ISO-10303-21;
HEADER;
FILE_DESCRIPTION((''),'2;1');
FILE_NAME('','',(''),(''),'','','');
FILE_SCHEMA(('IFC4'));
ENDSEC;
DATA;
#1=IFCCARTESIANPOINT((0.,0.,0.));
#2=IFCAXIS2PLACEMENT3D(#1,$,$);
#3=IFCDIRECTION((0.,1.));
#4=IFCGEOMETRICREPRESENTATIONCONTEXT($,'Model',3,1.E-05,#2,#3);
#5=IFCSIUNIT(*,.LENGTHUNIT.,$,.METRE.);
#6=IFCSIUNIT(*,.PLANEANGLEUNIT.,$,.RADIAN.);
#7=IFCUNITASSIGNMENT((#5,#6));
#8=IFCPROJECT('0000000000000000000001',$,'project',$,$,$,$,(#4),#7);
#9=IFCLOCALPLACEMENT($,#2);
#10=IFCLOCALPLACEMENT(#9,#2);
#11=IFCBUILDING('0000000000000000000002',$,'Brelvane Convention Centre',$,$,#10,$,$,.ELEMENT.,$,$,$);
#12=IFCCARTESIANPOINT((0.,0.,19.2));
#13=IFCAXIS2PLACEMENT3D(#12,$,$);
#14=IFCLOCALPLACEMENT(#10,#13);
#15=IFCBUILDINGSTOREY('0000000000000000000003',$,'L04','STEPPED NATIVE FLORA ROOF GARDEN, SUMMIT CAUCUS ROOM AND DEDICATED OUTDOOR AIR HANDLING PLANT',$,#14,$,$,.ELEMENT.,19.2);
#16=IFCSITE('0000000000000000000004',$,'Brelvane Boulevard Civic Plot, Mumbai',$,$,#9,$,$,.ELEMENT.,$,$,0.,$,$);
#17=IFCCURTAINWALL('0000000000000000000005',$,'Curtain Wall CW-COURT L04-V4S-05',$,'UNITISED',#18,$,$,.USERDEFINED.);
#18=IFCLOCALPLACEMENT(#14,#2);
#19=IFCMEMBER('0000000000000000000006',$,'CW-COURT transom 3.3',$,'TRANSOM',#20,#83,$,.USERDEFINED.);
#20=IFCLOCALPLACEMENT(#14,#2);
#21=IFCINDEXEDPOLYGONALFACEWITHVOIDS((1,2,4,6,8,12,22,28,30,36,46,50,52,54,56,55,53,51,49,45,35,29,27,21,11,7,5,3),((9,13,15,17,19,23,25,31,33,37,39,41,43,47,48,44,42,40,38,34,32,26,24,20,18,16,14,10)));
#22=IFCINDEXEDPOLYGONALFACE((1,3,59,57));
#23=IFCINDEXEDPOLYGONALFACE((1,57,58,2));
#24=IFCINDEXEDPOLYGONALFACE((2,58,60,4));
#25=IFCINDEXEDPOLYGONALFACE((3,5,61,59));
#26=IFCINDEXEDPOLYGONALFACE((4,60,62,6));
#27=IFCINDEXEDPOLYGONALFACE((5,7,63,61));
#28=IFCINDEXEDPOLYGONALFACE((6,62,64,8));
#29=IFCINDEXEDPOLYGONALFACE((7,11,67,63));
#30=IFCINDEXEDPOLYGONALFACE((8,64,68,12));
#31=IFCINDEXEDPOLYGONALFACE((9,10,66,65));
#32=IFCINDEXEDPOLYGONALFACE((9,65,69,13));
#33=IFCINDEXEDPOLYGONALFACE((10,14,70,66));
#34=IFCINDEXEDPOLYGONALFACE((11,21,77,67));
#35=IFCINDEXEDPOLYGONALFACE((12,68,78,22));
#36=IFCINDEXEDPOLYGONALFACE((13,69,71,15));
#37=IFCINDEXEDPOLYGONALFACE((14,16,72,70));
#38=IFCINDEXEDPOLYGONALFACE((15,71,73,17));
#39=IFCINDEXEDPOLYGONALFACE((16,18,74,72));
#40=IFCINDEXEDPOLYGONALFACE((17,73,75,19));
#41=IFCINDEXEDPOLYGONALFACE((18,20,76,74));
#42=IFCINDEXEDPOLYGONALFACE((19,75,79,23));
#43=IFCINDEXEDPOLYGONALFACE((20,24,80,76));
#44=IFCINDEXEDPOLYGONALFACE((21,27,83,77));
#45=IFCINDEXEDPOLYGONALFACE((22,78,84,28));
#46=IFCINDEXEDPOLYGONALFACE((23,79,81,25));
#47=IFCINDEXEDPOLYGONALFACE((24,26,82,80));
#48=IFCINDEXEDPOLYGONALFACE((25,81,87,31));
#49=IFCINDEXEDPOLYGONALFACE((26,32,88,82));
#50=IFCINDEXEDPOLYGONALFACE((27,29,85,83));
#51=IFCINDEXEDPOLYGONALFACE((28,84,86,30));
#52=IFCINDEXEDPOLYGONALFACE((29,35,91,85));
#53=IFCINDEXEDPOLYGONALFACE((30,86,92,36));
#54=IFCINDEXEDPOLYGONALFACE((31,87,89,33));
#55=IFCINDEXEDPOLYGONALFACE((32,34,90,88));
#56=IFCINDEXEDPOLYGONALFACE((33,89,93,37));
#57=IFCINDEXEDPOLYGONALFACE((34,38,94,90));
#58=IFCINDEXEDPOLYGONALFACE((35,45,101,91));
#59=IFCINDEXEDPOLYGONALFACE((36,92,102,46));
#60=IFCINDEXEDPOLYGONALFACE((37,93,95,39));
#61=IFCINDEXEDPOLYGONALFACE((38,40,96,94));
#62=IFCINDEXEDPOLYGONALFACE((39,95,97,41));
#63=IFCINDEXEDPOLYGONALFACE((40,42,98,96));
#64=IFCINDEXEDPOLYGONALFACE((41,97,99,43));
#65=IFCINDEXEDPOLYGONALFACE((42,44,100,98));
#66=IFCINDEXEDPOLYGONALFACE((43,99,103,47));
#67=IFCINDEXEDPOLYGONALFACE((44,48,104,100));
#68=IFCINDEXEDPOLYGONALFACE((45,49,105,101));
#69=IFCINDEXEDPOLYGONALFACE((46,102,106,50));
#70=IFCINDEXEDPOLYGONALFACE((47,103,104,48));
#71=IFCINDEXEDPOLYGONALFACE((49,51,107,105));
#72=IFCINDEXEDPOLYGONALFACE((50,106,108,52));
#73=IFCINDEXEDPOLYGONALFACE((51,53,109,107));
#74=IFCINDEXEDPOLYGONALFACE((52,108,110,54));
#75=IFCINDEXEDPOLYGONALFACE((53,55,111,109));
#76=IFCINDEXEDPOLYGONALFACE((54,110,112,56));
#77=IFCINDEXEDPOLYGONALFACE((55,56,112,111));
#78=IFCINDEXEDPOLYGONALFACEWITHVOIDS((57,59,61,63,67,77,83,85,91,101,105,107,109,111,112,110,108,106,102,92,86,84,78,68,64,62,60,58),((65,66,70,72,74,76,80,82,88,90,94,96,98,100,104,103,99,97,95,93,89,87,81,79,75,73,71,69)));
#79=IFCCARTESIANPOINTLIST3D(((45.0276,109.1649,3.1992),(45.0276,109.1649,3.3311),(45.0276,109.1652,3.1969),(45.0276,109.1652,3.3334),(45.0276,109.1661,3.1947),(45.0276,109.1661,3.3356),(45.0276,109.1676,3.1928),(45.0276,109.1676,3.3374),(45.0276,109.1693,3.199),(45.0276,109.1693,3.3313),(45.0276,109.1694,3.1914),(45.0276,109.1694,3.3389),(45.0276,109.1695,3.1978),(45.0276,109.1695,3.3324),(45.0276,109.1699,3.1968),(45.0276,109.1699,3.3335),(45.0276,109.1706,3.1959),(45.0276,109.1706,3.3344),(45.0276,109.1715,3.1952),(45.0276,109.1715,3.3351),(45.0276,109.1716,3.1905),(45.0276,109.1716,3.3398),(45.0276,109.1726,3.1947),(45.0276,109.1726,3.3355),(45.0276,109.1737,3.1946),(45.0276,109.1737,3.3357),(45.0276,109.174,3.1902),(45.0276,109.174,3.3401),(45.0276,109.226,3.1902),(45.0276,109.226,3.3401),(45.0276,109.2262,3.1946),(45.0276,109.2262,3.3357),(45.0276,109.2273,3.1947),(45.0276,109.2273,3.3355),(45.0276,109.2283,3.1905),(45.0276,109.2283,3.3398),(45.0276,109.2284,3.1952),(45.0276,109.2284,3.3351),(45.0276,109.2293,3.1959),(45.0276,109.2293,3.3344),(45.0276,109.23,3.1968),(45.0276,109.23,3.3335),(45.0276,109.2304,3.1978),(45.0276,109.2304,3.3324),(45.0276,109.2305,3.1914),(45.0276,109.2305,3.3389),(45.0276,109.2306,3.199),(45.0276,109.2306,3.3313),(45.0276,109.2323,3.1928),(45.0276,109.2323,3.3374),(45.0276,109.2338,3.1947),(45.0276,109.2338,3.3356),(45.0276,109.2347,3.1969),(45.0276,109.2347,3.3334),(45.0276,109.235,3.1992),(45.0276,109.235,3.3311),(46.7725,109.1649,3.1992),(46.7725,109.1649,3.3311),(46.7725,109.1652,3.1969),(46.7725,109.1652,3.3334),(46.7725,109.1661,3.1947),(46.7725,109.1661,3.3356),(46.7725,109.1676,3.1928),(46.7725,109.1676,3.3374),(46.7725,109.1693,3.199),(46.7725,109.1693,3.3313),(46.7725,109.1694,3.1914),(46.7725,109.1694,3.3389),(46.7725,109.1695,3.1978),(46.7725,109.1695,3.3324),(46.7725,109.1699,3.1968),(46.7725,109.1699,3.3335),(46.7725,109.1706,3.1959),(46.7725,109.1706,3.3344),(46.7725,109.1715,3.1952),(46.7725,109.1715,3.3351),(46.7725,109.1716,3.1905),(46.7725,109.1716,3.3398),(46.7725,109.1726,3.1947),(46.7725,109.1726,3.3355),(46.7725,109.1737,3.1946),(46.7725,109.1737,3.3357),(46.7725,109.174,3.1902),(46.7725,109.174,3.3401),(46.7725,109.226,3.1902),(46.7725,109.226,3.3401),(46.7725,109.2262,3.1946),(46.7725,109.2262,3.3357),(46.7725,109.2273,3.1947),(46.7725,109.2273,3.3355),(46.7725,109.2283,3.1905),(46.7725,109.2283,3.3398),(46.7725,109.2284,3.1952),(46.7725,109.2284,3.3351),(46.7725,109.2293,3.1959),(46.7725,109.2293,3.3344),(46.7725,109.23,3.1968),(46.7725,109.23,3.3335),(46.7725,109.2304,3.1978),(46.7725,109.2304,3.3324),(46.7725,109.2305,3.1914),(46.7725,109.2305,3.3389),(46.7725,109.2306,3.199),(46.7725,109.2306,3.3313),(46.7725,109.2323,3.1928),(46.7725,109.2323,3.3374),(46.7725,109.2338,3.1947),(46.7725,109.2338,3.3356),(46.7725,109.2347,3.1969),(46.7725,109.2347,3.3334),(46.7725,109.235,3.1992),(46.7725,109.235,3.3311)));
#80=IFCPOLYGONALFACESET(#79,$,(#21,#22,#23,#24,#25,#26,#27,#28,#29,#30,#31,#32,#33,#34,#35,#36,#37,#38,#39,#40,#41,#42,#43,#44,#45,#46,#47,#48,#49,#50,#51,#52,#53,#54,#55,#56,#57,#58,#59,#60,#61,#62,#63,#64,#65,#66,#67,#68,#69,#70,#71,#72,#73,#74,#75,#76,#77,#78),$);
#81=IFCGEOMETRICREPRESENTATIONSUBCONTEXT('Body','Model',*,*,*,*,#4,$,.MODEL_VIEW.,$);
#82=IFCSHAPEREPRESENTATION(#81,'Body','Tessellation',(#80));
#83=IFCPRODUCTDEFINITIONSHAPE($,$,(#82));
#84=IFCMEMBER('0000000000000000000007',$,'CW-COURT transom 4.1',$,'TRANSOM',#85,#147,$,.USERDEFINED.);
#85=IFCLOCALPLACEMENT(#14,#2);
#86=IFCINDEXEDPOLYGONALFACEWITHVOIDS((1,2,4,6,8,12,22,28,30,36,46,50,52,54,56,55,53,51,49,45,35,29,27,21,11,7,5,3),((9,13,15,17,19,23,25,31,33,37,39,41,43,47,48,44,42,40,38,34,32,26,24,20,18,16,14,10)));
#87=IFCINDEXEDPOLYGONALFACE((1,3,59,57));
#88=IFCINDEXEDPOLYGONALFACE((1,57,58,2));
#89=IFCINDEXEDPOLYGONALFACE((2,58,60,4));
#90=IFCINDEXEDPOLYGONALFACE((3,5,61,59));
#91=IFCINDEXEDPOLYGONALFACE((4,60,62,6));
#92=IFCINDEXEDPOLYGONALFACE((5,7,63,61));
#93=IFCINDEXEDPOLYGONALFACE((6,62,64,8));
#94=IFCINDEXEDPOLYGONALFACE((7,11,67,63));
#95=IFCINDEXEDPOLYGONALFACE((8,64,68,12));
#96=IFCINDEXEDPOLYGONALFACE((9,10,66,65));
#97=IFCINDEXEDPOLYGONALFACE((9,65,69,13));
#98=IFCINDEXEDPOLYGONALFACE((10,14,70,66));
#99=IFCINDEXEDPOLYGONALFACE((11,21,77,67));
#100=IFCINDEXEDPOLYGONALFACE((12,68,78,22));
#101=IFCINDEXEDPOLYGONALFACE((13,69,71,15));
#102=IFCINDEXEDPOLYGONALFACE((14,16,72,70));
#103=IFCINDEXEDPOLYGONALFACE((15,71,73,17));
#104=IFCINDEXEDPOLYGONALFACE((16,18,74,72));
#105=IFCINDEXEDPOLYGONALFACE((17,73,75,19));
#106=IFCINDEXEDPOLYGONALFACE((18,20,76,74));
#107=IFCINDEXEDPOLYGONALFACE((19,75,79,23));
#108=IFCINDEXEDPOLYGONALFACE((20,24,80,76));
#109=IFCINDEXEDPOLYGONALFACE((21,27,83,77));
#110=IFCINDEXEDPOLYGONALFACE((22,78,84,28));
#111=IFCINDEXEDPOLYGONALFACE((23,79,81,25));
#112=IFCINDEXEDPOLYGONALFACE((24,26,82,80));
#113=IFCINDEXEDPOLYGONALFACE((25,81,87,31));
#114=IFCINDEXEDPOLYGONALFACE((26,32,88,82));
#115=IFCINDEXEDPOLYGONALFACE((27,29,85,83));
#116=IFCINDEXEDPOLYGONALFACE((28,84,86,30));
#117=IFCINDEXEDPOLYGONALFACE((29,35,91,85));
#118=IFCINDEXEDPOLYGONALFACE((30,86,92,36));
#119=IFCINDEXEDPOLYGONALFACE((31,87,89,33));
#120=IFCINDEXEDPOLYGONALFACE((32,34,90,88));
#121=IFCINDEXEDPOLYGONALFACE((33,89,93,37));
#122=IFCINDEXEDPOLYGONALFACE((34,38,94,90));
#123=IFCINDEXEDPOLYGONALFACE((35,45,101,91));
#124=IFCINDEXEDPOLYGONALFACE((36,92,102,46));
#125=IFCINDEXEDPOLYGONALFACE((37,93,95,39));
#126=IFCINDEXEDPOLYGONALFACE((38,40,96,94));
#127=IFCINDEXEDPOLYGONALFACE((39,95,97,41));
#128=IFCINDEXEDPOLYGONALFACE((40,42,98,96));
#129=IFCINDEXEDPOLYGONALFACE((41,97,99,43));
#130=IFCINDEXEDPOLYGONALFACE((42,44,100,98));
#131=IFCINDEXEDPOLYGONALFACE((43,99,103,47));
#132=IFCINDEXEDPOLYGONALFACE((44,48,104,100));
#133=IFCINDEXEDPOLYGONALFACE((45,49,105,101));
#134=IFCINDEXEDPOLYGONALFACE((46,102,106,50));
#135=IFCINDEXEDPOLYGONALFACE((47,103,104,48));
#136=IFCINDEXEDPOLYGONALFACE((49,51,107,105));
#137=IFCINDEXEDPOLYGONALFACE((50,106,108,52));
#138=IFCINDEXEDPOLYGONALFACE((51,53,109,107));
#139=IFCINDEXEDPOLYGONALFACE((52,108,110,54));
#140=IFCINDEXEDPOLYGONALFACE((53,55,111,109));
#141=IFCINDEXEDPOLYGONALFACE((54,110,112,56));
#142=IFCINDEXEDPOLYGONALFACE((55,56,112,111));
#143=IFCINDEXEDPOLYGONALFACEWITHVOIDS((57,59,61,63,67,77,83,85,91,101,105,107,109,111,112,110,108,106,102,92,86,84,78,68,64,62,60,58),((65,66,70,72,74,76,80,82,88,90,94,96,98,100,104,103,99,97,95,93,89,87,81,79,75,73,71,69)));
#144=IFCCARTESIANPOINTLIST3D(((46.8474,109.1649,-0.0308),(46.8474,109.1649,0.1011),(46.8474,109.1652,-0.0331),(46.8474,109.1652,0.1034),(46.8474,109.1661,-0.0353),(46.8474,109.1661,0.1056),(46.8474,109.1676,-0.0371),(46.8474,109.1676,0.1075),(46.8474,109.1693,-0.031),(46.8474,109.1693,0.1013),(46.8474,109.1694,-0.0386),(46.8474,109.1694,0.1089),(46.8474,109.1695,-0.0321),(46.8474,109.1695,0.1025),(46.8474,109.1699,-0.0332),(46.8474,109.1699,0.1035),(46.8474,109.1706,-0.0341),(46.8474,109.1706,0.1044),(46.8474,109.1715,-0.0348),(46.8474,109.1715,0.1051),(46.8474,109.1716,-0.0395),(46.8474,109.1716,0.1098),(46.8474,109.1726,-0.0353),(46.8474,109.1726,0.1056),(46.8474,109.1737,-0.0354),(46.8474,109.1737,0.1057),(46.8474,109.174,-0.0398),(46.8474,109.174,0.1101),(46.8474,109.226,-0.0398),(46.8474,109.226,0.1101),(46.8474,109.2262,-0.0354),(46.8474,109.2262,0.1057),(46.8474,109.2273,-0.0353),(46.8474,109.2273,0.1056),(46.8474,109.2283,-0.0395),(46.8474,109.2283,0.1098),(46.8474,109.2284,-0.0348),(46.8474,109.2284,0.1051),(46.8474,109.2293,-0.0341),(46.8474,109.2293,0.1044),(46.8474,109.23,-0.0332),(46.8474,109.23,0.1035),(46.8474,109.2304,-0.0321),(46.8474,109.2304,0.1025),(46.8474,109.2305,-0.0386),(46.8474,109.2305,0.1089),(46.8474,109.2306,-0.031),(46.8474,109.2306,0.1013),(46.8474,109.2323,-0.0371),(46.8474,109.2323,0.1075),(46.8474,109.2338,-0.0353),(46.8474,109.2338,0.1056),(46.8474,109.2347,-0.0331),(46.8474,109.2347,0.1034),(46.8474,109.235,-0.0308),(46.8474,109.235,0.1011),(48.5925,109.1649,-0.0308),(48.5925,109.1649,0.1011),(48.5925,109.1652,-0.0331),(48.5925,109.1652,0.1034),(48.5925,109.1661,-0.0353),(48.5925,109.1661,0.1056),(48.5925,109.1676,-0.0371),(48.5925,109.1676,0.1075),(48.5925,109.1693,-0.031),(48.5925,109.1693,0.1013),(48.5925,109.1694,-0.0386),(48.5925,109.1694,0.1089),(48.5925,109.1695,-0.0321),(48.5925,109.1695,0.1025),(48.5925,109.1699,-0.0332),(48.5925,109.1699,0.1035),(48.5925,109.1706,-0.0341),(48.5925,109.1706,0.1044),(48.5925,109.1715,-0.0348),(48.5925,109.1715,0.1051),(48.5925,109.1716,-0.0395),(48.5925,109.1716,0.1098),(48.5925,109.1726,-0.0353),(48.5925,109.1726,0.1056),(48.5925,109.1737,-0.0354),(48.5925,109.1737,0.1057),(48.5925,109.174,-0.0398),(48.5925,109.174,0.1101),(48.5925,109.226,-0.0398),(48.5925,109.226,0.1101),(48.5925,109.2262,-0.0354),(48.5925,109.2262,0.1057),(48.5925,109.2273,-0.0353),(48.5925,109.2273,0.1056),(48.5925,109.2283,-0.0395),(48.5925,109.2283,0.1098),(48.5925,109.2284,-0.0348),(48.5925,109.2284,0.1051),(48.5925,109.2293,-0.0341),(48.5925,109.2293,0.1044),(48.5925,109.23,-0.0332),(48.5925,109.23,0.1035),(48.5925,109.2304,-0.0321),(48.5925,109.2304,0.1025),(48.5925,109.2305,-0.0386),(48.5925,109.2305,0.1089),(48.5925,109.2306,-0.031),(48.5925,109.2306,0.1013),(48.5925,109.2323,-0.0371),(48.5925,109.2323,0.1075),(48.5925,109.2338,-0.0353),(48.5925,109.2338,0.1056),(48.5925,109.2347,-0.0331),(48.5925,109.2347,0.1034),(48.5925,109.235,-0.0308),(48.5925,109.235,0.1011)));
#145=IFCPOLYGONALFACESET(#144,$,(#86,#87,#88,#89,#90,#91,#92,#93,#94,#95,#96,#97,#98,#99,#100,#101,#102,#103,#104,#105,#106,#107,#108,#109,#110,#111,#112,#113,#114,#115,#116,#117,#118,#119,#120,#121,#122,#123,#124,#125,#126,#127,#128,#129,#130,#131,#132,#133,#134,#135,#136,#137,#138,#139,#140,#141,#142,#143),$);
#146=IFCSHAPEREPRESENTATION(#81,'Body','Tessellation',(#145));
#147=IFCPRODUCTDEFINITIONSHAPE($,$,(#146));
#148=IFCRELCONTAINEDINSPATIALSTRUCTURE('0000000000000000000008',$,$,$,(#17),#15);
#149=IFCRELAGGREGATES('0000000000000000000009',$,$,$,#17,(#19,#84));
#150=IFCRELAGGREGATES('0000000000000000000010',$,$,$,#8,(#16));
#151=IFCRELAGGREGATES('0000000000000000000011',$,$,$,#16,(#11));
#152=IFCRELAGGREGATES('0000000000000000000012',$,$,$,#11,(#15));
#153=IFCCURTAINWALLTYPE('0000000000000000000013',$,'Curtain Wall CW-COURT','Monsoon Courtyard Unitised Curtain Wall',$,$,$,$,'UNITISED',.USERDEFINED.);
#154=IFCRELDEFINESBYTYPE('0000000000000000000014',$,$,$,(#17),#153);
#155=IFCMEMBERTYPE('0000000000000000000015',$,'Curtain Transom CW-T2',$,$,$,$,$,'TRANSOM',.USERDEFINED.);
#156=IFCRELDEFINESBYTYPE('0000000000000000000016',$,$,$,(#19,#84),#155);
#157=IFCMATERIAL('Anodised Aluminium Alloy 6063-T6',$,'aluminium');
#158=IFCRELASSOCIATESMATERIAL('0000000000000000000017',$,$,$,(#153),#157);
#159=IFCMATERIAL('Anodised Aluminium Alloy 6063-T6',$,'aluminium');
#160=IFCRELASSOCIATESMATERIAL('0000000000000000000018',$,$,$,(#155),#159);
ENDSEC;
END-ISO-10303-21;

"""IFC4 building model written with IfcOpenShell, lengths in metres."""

from ifc_helpers import new_model, si_unit, direction, frame, origin, origin_2d, place, context, subcontext, project, spatial, hollow_rectangle, extrude, material, material_profile, profile_set, type_object, element, aggregate, save


model = new_model("IFC4")

# Units and contexts
model_context = context("Model", 3, precision=1e-05, world=origin(), true_north=direction((0.0, 1.0)))
body_context = subcontext(model_context, "Body", "Model", "MODEL_VIEW")
ifc_project = project(units=[si_unit("LENGTHUNIT", "METRE"), si_unit("PLANEANGLEUNIT", "RADIAN")], contexts=[model_context])

# Site, building, storey
site_placement = place(None, origin())
site = spatial("IfcSite", under=ifc_project, at=site_placement, Name="Brelvane Boulevard Civic Plot, Mumbai", CompositionType="ELEMENT", RefElevation=0.0)
building_placement = place(site_placement, origin())
building = spatial("IfcBuilding", under=site, at=building_placement, Name="Brelvane Convention Centre", CompositionType="ELEMENT")
storey_placement = place(building_placement, frame((0.0, 0.0, 19.2)))
storey = spatial("IfcBuildingStorey", under=building, at=storey_placement, Name="L04", Description="STEPPED NATIVE FLORA ROOF GARDEN, SUMMIT CAUCUS ROOM AND DEDICATED OUTDOOR AIR HANDLING PLANT", CompositionType="ELEMENT", Elevation=19.2)

# Curtain wall, members
ifc_material_1 = material(Name="Anodised Aluminium Alloy 6063-T6", Category="aluminium")
curtain_wall_type = type_object("IfcCurtainWallType", Name="Curtain Wall CW-COURT", Description="Monsoon Courtyard Unitised Curtain Wall", ElementType="UNITISED", PredefinedType="USERDEFINED", material=ifc_material_1)
curtain_wall_placement = place(storey_placement, origin())
curtain_wall = element("IfcCurtainWall", 1, at=curtain_wall_placement, inside=storey, type_object=curtain_wall_type, Name="Curtain Wall CW-COURT L04-V4S-05", ObjectType="UNITISED", PredefinedType="USERDEFINED")
ifc_material_2 = material(Name="Anodised Aluminium Alloy 6063-T6", Category="aluminium")
ifc_material_profile_1 = material_profile(ifc_material_2, hollow_rectangle(XDim=0.0701, YDim=0.1499, WallThickness=0.0044, InnerFilletRadius=0.0044, OuterFilletRadius=0.009, at=origin_2d()), Name="ALU-T 150x70x4.5")
ifc_profile_set_1 = profile_set([ifc_material_profile_1], Name="Anodised Aluminium Alloy 6063-T6")
member_type_1 = type_object("IfcMemberType", Name="Curtain Transom CW-T2", ElementType="TRANSOM", PredefinedType="USERDEFINED", material=ifc_profile_set_1)
member_1_placement = place(storey_placement, frame((45.0276, 109.2, 3.2651), z_axis=(1.0, 0.0, 0.0), x_axis=(0.0, 1.0, 0.0)))
member_1 = element("IfcMember", 2, at=member_1_placement, type_object=member_type_1, Name="CW-COURT transom 3.3", ObjectType="TRANSOM", PredefinedType="USERDEFINED", context=body_context, shape_type="SweptSolid", body=[
    extrude(hollow_rectangle(XDim=0.0701, YDim=0.1499, WallThickness=0.0044, InnerFilletRadius=0.0044, OuterFilletRadius=0.009, at=origin_2d()), origin(), (0.0, 0.0, 1.0), 1.7449),
])
member_2_placement = place(storey_placement, frame((46.8474, 109.2, 0.0352), z_axis=(1.0, 0.0, 0.0), x_axis=(0.0, 1.0, 0.0)))
member_2 = element("IfcMember", 3, at=member_2_placement, type_object=member_type_1, Name="CW-COURT transom 4.1", ObjectType="TRANSOM", PredefinedType="USERDEFINED", context=body_context, shape_type="SweptSolid", body=[
    extrude(hollow_rectangle(XDim=0.0701, YDim=0.1499, WallThickness=0.0044, InnerFilletRadius=0.0044, OuterFilletRadius=0.009, at=origin_2d()), origin(), (0.0, 0.0, 1.0), 1.7451),
])

aggregate(curtain_wall, [member_1, member_2])

save(model, "model.ifc")
